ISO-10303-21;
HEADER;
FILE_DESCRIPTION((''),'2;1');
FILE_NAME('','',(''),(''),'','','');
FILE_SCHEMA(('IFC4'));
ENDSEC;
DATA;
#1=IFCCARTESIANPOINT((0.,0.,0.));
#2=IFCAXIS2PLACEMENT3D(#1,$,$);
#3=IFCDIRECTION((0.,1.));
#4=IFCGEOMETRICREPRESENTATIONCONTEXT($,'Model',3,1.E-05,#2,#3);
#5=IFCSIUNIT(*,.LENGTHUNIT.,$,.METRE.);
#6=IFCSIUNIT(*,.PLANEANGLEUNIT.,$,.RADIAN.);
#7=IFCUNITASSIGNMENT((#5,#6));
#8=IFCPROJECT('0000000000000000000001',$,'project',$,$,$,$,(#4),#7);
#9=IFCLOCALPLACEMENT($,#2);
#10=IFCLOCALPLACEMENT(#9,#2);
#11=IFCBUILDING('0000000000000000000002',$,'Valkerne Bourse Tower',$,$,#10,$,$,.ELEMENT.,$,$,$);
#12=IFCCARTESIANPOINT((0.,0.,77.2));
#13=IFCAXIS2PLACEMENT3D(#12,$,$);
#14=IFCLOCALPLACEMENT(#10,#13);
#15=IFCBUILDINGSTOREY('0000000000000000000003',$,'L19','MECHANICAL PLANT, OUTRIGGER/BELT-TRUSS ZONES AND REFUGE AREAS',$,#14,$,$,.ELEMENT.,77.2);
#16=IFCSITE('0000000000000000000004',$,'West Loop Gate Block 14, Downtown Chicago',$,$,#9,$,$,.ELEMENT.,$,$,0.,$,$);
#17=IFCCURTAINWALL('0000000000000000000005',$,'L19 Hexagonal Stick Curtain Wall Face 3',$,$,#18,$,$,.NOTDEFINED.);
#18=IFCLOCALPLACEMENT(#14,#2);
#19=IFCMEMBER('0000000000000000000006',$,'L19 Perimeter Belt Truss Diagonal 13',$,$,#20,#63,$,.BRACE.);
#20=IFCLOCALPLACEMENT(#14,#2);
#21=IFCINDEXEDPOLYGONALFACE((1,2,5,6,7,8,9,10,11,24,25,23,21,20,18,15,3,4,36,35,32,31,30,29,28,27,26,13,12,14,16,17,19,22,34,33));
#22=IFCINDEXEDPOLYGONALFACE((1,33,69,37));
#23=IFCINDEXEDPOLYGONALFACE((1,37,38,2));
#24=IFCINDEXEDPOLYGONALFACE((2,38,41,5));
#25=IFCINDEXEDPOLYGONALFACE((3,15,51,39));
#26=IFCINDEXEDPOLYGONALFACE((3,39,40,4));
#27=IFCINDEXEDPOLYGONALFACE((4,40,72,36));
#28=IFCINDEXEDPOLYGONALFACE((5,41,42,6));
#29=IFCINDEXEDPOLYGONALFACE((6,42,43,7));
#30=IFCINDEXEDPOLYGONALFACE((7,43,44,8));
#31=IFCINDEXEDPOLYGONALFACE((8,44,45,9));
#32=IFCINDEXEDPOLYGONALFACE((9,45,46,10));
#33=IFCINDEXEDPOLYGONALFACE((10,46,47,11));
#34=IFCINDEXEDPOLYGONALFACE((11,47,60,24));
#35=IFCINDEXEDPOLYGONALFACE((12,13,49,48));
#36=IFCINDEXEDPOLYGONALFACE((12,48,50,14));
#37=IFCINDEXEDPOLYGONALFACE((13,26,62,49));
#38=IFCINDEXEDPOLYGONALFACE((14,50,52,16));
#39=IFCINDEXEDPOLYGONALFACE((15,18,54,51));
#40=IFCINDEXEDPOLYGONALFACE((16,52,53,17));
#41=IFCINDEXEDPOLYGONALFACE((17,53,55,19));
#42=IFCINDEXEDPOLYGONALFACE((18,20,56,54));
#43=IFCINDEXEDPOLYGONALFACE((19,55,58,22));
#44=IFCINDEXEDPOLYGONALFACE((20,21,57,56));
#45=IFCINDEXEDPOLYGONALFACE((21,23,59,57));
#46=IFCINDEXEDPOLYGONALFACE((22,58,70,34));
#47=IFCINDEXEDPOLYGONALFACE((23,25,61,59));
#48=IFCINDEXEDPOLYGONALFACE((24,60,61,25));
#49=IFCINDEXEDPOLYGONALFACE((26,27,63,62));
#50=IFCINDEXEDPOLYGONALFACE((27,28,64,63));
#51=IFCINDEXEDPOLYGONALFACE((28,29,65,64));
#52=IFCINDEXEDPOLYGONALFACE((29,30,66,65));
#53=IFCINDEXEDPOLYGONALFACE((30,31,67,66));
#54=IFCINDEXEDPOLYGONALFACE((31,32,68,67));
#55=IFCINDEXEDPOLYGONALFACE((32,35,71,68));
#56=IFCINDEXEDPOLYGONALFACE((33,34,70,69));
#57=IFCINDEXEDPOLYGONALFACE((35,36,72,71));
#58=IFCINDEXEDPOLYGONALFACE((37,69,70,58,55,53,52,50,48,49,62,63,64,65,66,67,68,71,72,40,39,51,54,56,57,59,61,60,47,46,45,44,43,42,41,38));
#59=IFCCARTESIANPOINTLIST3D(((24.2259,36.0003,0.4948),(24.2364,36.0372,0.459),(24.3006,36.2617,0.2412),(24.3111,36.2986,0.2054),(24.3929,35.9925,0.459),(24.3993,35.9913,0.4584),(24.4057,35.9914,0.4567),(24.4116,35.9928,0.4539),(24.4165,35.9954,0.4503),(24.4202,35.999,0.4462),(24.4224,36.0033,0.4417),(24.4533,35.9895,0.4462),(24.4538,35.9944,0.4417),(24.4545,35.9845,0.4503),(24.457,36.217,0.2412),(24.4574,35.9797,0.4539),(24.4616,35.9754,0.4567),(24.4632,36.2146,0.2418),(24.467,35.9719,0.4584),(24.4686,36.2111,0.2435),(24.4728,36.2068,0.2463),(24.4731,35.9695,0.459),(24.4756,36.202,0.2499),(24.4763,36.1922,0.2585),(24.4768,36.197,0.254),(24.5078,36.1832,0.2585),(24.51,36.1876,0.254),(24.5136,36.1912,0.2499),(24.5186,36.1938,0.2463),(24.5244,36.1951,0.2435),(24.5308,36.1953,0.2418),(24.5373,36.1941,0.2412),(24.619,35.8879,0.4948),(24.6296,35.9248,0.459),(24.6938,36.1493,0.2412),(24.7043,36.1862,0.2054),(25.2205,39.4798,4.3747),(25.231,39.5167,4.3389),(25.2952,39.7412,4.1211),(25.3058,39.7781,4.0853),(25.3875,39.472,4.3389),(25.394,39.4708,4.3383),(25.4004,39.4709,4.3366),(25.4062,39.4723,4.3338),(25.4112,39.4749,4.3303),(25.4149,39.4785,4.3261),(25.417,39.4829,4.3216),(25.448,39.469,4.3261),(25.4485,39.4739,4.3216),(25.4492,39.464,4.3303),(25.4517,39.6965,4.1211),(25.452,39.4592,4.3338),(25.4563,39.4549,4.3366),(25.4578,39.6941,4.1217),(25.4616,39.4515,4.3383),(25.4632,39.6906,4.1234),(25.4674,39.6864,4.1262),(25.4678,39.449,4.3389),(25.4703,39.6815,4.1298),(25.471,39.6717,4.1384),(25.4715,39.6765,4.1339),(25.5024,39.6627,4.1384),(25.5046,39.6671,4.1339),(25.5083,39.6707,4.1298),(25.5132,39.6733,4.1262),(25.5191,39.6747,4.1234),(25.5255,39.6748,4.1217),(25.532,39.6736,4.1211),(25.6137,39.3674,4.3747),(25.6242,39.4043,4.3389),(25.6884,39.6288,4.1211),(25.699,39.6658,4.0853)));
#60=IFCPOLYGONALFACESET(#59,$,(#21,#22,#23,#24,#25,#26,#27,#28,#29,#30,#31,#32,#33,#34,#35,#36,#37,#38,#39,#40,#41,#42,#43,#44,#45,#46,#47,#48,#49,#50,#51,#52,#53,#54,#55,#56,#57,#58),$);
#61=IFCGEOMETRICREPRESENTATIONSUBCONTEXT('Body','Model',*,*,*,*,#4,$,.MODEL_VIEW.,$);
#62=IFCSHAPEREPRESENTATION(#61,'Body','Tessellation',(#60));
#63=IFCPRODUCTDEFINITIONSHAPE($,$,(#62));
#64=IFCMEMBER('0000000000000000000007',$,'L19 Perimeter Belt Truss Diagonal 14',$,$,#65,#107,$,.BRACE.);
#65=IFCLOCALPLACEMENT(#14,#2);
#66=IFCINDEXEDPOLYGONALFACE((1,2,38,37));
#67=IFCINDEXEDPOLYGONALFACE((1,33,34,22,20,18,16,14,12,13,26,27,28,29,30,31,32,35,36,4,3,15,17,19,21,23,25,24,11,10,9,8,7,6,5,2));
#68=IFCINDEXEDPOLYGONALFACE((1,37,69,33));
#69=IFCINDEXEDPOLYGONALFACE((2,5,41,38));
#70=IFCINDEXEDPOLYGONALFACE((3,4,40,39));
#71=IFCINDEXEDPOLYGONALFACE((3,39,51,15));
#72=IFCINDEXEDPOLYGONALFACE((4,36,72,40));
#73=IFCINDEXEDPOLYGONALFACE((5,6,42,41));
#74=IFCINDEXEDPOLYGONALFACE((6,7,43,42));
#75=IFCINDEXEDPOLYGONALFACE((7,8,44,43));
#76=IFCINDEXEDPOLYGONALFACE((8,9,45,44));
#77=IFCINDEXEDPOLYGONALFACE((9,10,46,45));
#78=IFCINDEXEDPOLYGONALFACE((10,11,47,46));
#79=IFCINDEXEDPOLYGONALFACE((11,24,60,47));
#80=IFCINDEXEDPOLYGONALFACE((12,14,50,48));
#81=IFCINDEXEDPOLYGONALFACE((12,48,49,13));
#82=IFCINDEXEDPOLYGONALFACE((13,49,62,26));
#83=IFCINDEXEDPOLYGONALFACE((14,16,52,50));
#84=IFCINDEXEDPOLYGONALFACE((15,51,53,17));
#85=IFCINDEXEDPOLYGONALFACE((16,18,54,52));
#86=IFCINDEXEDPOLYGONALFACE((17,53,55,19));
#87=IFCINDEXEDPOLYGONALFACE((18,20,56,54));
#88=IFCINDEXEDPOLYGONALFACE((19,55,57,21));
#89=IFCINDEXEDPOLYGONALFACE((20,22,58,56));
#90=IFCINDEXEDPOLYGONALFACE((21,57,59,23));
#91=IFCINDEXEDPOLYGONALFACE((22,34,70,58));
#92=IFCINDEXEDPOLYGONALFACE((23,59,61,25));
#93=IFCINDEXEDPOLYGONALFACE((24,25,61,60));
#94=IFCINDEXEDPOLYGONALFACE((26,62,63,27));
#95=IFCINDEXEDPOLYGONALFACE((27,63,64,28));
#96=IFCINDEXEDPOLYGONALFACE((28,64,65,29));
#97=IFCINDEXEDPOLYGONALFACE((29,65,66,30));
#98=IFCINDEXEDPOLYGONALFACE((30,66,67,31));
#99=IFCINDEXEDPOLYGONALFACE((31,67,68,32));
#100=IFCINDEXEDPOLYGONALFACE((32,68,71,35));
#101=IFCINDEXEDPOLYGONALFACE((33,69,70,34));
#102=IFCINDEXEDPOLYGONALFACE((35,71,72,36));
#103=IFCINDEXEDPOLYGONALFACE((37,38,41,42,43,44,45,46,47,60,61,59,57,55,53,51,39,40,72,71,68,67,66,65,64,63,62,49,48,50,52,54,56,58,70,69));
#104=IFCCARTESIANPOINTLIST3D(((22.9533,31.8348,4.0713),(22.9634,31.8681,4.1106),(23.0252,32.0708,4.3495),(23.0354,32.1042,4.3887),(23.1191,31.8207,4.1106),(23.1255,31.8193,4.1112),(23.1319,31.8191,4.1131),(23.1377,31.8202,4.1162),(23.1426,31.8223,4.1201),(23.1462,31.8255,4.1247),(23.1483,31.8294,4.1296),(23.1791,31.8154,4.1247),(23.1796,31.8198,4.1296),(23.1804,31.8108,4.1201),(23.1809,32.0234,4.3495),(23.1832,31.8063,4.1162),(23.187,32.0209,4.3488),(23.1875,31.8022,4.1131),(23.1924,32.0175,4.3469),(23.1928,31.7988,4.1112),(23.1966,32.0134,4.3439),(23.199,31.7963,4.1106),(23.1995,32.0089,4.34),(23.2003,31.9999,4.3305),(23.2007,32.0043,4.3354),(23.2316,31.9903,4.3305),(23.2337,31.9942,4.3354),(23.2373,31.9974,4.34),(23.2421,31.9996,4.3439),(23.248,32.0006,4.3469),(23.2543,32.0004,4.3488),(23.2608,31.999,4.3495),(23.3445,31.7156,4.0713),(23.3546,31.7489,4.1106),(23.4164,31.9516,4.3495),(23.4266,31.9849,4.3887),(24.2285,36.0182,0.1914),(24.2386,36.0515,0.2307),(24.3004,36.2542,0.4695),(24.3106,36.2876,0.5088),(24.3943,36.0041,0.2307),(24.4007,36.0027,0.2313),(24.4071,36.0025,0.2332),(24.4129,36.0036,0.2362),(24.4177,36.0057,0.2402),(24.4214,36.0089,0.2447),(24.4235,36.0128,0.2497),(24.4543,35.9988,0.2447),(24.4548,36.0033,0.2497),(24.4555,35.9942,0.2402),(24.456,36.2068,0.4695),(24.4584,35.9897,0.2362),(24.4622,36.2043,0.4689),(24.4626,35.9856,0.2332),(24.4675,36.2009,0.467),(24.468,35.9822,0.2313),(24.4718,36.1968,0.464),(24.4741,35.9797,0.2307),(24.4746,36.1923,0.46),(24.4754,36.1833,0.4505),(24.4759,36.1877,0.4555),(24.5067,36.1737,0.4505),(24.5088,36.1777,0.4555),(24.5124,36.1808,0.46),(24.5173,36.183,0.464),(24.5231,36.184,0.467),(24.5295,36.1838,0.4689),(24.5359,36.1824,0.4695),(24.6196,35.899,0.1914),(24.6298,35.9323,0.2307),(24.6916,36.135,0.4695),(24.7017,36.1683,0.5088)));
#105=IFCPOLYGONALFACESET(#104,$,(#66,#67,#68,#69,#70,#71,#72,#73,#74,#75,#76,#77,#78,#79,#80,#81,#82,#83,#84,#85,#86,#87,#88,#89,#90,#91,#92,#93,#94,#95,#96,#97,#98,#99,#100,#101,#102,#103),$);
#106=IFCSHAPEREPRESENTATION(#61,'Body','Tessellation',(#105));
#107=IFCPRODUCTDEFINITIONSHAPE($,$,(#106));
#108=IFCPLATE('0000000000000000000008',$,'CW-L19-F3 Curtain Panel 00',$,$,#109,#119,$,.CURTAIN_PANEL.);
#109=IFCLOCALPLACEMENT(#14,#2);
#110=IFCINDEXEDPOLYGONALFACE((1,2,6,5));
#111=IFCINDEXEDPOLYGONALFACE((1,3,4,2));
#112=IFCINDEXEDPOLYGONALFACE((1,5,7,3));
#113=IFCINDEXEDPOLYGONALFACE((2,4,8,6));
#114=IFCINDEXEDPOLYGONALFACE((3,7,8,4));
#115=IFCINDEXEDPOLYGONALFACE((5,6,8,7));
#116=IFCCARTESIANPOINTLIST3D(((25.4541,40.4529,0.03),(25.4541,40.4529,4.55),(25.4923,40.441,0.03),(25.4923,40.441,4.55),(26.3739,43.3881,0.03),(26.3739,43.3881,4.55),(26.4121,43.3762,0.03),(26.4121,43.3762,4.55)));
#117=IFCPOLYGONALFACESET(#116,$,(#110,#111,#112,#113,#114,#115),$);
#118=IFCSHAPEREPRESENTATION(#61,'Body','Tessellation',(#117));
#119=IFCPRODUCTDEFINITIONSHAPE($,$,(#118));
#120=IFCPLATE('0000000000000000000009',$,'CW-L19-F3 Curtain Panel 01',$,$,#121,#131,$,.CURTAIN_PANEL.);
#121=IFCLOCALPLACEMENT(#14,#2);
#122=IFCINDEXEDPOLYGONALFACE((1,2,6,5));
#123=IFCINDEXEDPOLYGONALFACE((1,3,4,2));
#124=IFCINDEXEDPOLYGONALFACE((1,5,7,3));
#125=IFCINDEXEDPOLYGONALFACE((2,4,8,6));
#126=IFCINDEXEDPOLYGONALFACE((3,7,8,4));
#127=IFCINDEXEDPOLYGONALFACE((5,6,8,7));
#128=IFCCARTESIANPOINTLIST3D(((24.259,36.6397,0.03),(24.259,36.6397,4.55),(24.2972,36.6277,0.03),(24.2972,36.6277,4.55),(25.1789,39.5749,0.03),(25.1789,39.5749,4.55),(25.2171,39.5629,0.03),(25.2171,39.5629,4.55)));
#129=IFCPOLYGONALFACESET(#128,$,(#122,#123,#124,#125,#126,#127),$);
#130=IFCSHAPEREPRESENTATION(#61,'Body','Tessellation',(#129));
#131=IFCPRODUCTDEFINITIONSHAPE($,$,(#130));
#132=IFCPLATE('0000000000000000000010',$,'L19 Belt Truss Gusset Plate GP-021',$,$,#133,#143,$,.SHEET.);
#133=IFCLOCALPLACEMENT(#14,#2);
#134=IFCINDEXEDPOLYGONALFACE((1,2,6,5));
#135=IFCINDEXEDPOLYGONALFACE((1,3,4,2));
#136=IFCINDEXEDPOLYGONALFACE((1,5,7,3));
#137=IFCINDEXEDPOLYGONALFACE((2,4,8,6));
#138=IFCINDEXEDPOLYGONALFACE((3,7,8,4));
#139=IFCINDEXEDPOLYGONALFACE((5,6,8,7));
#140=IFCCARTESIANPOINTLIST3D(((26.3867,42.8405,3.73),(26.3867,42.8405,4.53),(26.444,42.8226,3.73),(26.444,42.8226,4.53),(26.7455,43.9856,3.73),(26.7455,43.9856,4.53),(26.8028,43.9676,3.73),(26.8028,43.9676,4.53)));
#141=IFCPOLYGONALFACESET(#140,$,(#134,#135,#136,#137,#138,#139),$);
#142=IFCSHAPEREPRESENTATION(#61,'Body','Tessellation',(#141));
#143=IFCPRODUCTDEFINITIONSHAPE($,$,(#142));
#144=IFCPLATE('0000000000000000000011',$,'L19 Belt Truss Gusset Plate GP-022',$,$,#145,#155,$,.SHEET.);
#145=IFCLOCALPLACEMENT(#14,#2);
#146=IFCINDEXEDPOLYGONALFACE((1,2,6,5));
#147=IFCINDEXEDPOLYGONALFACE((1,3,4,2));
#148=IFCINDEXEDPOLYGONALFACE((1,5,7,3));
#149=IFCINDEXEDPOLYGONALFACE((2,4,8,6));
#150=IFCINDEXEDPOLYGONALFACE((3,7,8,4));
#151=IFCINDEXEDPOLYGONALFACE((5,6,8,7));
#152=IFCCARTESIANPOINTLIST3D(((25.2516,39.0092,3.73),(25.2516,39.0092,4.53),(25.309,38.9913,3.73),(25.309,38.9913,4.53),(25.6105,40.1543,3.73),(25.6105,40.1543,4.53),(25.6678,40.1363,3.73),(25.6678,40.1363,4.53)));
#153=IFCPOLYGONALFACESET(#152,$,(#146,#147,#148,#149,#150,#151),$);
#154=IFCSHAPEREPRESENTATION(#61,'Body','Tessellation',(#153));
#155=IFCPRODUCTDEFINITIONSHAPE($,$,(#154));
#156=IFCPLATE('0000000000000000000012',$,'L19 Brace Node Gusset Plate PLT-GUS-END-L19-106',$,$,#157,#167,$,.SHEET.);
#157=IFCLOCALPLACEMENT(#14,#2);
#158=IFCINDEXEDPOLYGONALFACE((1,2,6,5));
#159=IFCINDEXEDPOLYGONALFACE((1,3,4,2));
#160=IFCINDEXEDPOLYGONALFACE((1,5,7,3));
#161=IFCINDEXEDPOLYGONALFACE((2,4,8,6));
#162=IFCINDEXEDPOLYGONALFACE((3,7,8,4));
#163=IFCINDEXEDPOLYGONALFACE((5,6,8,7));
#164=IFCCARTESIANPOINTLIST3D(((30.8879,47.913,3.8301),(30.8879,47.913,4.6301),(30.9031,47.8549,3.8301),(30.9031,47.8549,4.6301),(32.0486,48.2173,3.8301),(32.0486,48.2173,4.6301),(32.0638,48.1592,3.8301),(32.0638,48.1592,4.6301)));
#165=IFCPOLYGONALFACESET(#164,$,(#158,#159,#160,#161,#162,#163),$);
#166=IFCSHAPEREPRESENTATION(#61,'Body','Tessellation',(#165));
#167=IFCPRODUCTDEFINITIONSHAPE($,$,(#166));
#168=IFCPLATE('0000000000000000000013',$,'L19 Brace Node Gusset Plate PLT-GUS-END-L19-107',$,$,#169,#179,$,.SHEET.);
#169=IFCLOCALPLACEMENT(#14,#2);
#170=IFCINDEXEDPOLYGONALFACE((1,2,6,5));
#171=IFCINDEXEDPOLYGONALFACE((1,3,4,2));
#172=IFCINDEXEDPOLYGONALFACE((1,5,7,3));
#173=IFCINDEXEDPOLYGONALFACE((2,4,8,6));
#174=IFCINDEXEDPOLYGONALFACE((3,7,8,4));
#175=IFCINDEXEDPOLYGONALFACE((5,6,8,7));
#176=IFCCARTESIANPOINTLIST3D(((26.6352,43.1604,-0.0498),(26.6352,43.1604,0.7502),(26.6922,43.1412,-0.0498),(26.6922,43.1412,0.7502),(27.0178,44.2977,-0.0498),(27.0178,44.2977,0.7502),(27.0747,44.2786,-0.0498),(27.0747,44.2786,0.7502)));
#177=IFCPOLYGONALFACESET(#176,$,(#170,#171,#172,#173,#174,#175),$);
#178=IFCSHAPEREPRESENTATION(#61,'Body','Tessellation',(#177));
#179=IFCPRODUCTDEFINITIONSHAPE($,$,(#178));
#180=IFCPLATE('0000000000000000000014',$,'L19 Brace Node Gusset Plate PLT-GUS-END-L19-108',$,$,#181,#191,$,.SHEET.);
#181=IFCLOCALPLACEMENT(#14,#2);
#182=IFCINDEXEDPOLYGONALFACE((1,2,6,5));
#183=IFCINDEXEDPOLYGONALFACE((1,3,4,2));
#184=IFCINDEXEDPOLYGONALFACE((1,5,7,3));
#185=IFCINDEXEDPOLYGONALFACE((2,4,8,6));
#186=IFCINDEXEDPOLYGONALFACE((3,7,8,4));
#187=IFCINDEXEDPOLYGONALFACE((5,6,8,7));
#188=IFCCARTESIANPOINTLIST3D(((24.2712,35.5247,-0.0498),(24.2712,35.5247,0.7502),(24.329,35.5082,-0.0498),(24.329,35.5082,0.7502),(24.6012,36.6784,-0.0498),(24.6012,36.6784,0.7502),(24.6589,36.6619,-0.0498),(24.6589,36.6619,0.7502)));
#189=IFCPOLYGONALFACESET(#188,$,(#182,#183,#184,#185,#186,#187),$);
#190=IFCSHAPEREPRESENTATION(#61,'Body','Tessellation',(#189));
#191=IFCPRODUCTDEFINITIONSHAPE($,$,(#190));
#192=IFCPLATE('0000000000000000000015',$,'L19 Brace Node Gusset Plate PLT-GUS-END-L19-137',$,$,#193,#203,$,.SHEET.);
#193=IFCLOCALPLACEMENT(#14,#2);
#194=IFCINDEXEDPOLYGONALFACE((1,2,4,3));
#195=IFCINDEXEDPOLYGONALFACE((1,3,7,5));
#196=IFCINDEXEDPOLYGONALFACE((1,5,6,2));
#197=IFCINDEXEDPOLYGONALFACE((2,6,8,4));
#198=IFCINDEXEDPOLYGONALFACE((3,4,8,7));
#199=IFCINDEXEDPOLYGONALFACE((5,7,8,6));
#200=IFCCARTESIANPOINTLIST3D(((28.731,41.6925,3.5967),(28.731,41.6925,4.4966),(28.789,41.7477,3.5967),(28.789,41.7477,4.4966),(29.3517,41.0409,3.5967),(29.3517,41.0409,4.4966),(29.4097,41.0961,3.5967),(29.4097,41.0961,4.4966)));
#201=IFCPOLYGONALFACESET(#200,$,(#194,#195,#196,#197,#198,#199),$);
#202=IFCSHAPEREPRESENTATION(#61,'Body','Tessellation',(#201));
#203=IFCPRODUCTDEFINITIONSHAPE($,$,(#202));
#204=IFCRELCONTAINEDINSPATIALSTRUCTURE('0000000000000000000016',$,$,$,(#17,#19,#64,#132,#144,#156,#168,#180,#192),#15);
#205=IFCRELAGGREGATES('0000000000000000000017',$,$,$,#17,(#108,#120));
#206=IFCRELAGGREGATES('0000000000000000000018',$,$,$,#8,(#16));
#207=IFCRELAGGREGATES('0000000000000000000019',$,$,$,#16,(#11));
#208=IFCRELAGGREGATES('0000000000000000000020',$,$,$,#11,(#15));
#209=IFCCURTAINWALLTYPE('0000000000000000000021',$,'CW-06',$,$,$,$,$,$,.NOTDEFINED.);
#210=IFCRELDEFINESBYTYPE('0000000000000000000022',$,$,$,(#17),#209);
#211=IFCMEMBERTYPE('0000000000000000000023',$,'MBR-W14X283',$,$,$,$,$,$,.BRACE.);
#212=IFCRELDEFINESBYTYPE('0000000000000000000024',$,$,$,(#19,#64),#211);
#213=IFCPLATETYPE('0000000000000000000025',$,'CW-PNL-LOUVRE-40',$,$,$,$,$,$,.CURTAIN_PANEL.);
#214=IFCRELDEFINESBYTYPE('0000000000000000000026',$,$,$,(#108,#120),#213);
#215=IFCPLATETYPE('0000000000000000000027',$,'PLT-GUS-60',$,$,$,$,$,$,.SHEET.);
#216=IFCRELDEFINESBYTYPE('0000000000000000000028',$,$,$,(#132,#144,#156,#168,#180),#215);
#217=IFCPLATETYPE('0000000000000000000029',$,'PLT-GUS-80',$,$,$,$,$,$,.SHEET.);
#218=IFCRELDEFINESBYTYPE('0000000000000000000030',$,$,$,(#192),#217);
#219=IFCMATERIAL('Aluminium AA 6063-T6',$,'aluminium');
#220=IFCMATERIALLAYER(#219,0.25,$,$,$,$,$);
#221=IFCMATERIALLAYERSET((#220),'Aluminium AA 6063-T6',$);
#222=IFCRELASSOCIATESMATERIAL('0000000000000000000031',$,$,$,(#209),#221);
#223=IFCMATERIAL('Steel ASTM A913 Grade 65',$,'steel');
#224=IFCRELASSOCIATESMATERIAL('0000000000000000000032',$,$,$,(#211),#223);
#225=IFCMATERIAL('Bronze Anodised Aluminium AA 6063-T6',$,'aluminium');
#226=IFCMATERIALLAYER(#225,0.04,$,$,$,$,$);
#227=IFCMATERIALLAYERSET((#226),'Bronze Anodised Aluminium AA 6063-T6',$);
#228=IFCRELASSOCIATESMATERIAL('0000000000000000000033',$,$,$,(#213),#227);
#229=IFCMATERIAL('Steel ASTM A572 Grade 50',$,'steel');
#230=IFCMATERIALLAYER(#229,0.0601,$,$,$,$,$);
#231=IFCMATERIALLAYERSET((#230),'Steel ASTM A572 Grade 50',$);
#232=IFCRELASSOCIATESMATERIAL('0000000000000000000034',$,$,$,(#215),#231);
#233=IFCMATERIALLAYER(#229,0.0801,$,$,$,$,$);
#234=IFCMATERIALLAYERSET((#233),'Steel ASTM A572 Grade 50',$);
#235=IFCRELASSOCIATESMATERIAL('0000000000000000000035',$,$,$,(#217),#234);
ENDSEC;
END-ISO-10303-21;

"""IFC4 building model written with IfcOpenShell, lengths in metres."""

from ifc_helpers import new_model, si_unit, direction, frame, origin, origin_2d, place, context, subcontext, project, spatial, rectangle, i_section, extrude, material, layer, layer_set, material_profile, profile_set, type_object, element, aggregate, save


model = new_model("IFC4")

# Units and contexts
model_context = context("Model", 3, precision=1e-05, world=origin(), true_north=direction((0.0, 1.0)))
body_context = subcontext(model_context, "Body", "Model", "MODEL_VIEW")
ifc_project = project(units=[si_unit("LENGTHUNIT", "METRE"), si_unit("PLANEANGLEUNIT", "RADIAN")], contexts=[model_context])

# Site, building, storey
site_placement = place(None, origin())
site = spatial("IfcSite", under=ifc_project, at=site_placement, Name="West Loop Gate Block 14, Downtown Chicago", CompositionType="ELEMENT", RefElevation=0.0)
building_placement = place(site_placement, origin())
building = spatial("IfcBuilding", under=site, at=building_placement, Name="Valkerne Bourse Tower", CompositionType="ELEMENT")
storey_placement = place(building_placement, frame((0.0, 0.0, 77.2)))
storey = spatial("IfcBuildingStorey", under=building, at=storey_placement, Name="L19", Description="MECHANICAL PLANT, OUTRIGGER/BELT-TRUSS ZONES AND REFUGE AREAS", CompositionType="ELEMENT", Elevation=77.2)

# Shared definitions
ifc_material_1 = material(Name="Steel ASTM A913 Grade 65", Category="steel")

# Curtain wall
ifc_material_2 = material(Name="Aluminium AA 6063-T6", Category="aluminium")
ifc_layer_1 = layer(ifc_material_2, 0.25)
ifc_layer_set_1 = layer_set([ifc_layer_1], Name="Aluminium AA 6063-T6")
curtain_wall_type = type_object("IfcCurtainWallType", Name="CW-06", PredefinedType="NOTDEFINED", material=ifc_layer_set_1)
curtain_wall_placement = place(storey_placement, origin())
curtain_wall = element("IfcCurtainWall", 1, at=curtain_wall_placement, inside=storey, type_object=curtain_wall_type, Name="L19 Hexagonal Stick Curtain Wall Face 3", PredefinedType="NOTDEFINED")

# Members
ifc_material_profile_1 = material_profile(ifc_material_1, i_section(OverallWidth=0.4089, OverallDepth=0.4243, WebThickness=0.0327, FlangeThickness=0.0525, FilletRadius=0.0254, at=origin_2d()), Name="W14X283")
ifc_profile_set_1 = profile_set([ifc_material_profile_1], Name="Steel ASTM A913 Grade 65")
member_type_1 = type_object("IfcMemberType", Name="MBR-W14X283", PredefinedType="BRACE", material=ifc_profile_set_1)
member_1_placement = place(storey_placement, frame((24.4651, 36.0933, 0.3501), z_axis=(0.187467, 0.655812, 0.731277), x_axis=(-0.961488, 0.274846, 0.0)))
element("IfcMember", 2, at=member_1_placement, inside=storey, type_object=member_type_1, Name="L19 Perimeter Belt Truss Diagonal 13", PredefinedType="BRACE", context=body_context, shape_type="SweptSolid", body=[
    extrude(i_section(OverallWidth=0.4089, OverallDepth=0.4243, WebThickness=0.0327, FlangeThickness=0.0525, FilletRadius=0.0254, at=origin_2d()), origin(), (0.0, 0.0, 1.0), 5.3057),
])
member_2_placement = place(storey_placement, frame((24.4651, 36.0933, 0.3501), z_axis=(-0.21811, -0.715548, 0.663641), x_axis=(0.956549, -0.29157, 0.0)))
element("IfcMember", 3, at=member_2_placement, inside=storey, type_object=member_type_1, Name="L19 Perimeter Belt Truss Diagonal 14", PredefinedType="BRACE", context=body_context, shape_type="SweptSolid", body=[
    extrude(i_section(OverallWidth=0.4089, OverallDepth=0.4243, WebThickness=0.0327, FlangeThickness=0.0525, FilletRadius=0.0254, at=origin_2d()), origin(), (0.0, 0.0, 1.0), 5.8464),
])

# Plates
ifc_material_3 = material(Name="Bronze Anodised Aluminium AA 6063-T6", Category="aluminium")
ifc_layer_2 = layer(ifc_material_3, 0.04)
ifc_layer_set_2 = layer_set([ifc_layer_2], Name="Bronze Anodised Aluminium AA 6063-T6")
plate_type_1 = type_object("IfcPlateType", Name="CW-PNL-LOUVRE-40", PredefinedType="CURTAIN_PANEL", material=ifc_layer_set_2)
plate_1_placement = place(storey_placement, frame((25.9331, 41.9146, 0.03), z_axis=(0.0, 0.0, 1.0), x_axis=(-0.299022, -0.954246, 0.0)))
plate_1 = element("IfcPlate", 4, at=plate_1_placement, type_object=plate_type_1, Name="CW-L19-F3 Curtain Panel 00", PredefinedType="CURTAIN_PANEL", context=body_context, shape_type="SweptSolid", body=[
    extrude(rectangle(XDim=3.0759, YDim=0.04, at=origin_2d()), origin(), (0.0, 0.0, 1.0), 4.52),
])
plate_2_placement = place(storey_placement, frame((24.738, 38.1013, 0.03), z_axis=(0.0, 0.0, 1.0), x_axis=(-0.299051, -0.954237, 0.0)))
plate_2 = element("IfcPlate", 5, at=plate_2_placement, type_object=plate_type_1, Name="CW-L19-F3 Curtain Panel 01", PredefinedType="CURTAIN_PANEL", context=body_context, shape_type="SweptSolid", body=[
    extrude(rectangle(XDim=3.0759, YDim=0.04, at=origin_2d()), origin(), (0.0, 0.0, 1.0), 4.52),
])
aggregate(curtain_wall, [plate_1, plate_2])

# Plates
ifc_material_4 = material(Name="Steel ASTM A572 Grade 50", Category="steel")
ifc_layer_3 = layer(ifc_material_4, 0.0601)
ifc_layer_set_3 = layer_set([ifc_layer_3], Name="Steel ASTM A572 Grade 50")
plate_type_2 = type_object("IfcPlateType", Name="PLT-GUS-60", PredefinedType="SHEET", material=ifc_layer_set_3)
for number, where, z_axis, x_axis, name in (
    (6, (26.5947, 43.4041, 3.73), (0.0, 0.0, 1.0), (-0.299041, -0.95424, 0.0), "L19 Belt Truss Gusset Plate GP-021"),
    (7, (25.4597, 39.5728, 3.73), (0.0, 0.0, 1.0), (-0.299041, -0.95424, 0.0), "L19 Belt Truss Gusset Plate GP-022"),
    (8, (31.4758, 48.0361, 3.8301), (0.0, 0.0, 1.0), (-0.967312, -0.253589, 0.0), "L19 Brace Node Gusset Plate PLT-GUS-END-L19-106"),
    (9, (26.855, 43.7195, -0.0498), (0.0, 0.0, 1.0), (-0.318794, -0.947824, 0.0), "L19 Brace Node Gusset Plate PLT-GUS-END-L19-107"),
    (10, (24.4651, 36.0933, -0.0498), (0.0, 0.0, 1.0), (0.274966, 0.961454, 0.0), "L19 Brace Node Gusset Plate PLT-GUS-END-L19-108"),
):
    element("IfcPlate", number, at=place(storey_placement, frame(where, z_axis=z_axis, x_axis=x_axis)), inside=storey, type_object=plate_type_2, Name=name, PredefinedType="SHEET", context=body_context, shape_type="SweptSolid", body=[
        extrude(rectangle(XDim=1.2, YDim=0.0601, at=origin_2d()), origin(), (0.0, 0.0, 1.0), 0.8),
    ])
ifc_layer_4 = layer(ifc_material_4, 0.0801)
ifc_layer_set_4 = layer_set([ifc_layer_4], Name="Steel ASTM A572 Grade 50")
plate_type_3 = type_object("IfcPlateType", Name="PLT-GUS-80", PredefinedType="SHEET", material=ifc_layer_set_4)
for number, where, z_axis, x_axis, name in (
    (11, (29.0703, 41.3943, 3.5967), (0.0, 0.0, 1.0), (0.689746, -0.724051, 0.0), "L19 Brace Node Gusset Plate PLT-GUS-END-L19-137"),
):
    element("IfcPlate", number, at=place(storey_placement, frame(where, z_axis=z_axis, x_axis=x_axis)), inside=storey, type_object=plate_type_3, Name=name, PredefinedType="SHEET", context=body_context, shape_type="SweptSolid", body=[
        extrude(rectangle(XDim=0.8999, YDim=0.0801, at=origin_2d()), origin(), (0.0, 0.0, 1.0), 0.8999),
    ])

save(model, "model.ifc")
